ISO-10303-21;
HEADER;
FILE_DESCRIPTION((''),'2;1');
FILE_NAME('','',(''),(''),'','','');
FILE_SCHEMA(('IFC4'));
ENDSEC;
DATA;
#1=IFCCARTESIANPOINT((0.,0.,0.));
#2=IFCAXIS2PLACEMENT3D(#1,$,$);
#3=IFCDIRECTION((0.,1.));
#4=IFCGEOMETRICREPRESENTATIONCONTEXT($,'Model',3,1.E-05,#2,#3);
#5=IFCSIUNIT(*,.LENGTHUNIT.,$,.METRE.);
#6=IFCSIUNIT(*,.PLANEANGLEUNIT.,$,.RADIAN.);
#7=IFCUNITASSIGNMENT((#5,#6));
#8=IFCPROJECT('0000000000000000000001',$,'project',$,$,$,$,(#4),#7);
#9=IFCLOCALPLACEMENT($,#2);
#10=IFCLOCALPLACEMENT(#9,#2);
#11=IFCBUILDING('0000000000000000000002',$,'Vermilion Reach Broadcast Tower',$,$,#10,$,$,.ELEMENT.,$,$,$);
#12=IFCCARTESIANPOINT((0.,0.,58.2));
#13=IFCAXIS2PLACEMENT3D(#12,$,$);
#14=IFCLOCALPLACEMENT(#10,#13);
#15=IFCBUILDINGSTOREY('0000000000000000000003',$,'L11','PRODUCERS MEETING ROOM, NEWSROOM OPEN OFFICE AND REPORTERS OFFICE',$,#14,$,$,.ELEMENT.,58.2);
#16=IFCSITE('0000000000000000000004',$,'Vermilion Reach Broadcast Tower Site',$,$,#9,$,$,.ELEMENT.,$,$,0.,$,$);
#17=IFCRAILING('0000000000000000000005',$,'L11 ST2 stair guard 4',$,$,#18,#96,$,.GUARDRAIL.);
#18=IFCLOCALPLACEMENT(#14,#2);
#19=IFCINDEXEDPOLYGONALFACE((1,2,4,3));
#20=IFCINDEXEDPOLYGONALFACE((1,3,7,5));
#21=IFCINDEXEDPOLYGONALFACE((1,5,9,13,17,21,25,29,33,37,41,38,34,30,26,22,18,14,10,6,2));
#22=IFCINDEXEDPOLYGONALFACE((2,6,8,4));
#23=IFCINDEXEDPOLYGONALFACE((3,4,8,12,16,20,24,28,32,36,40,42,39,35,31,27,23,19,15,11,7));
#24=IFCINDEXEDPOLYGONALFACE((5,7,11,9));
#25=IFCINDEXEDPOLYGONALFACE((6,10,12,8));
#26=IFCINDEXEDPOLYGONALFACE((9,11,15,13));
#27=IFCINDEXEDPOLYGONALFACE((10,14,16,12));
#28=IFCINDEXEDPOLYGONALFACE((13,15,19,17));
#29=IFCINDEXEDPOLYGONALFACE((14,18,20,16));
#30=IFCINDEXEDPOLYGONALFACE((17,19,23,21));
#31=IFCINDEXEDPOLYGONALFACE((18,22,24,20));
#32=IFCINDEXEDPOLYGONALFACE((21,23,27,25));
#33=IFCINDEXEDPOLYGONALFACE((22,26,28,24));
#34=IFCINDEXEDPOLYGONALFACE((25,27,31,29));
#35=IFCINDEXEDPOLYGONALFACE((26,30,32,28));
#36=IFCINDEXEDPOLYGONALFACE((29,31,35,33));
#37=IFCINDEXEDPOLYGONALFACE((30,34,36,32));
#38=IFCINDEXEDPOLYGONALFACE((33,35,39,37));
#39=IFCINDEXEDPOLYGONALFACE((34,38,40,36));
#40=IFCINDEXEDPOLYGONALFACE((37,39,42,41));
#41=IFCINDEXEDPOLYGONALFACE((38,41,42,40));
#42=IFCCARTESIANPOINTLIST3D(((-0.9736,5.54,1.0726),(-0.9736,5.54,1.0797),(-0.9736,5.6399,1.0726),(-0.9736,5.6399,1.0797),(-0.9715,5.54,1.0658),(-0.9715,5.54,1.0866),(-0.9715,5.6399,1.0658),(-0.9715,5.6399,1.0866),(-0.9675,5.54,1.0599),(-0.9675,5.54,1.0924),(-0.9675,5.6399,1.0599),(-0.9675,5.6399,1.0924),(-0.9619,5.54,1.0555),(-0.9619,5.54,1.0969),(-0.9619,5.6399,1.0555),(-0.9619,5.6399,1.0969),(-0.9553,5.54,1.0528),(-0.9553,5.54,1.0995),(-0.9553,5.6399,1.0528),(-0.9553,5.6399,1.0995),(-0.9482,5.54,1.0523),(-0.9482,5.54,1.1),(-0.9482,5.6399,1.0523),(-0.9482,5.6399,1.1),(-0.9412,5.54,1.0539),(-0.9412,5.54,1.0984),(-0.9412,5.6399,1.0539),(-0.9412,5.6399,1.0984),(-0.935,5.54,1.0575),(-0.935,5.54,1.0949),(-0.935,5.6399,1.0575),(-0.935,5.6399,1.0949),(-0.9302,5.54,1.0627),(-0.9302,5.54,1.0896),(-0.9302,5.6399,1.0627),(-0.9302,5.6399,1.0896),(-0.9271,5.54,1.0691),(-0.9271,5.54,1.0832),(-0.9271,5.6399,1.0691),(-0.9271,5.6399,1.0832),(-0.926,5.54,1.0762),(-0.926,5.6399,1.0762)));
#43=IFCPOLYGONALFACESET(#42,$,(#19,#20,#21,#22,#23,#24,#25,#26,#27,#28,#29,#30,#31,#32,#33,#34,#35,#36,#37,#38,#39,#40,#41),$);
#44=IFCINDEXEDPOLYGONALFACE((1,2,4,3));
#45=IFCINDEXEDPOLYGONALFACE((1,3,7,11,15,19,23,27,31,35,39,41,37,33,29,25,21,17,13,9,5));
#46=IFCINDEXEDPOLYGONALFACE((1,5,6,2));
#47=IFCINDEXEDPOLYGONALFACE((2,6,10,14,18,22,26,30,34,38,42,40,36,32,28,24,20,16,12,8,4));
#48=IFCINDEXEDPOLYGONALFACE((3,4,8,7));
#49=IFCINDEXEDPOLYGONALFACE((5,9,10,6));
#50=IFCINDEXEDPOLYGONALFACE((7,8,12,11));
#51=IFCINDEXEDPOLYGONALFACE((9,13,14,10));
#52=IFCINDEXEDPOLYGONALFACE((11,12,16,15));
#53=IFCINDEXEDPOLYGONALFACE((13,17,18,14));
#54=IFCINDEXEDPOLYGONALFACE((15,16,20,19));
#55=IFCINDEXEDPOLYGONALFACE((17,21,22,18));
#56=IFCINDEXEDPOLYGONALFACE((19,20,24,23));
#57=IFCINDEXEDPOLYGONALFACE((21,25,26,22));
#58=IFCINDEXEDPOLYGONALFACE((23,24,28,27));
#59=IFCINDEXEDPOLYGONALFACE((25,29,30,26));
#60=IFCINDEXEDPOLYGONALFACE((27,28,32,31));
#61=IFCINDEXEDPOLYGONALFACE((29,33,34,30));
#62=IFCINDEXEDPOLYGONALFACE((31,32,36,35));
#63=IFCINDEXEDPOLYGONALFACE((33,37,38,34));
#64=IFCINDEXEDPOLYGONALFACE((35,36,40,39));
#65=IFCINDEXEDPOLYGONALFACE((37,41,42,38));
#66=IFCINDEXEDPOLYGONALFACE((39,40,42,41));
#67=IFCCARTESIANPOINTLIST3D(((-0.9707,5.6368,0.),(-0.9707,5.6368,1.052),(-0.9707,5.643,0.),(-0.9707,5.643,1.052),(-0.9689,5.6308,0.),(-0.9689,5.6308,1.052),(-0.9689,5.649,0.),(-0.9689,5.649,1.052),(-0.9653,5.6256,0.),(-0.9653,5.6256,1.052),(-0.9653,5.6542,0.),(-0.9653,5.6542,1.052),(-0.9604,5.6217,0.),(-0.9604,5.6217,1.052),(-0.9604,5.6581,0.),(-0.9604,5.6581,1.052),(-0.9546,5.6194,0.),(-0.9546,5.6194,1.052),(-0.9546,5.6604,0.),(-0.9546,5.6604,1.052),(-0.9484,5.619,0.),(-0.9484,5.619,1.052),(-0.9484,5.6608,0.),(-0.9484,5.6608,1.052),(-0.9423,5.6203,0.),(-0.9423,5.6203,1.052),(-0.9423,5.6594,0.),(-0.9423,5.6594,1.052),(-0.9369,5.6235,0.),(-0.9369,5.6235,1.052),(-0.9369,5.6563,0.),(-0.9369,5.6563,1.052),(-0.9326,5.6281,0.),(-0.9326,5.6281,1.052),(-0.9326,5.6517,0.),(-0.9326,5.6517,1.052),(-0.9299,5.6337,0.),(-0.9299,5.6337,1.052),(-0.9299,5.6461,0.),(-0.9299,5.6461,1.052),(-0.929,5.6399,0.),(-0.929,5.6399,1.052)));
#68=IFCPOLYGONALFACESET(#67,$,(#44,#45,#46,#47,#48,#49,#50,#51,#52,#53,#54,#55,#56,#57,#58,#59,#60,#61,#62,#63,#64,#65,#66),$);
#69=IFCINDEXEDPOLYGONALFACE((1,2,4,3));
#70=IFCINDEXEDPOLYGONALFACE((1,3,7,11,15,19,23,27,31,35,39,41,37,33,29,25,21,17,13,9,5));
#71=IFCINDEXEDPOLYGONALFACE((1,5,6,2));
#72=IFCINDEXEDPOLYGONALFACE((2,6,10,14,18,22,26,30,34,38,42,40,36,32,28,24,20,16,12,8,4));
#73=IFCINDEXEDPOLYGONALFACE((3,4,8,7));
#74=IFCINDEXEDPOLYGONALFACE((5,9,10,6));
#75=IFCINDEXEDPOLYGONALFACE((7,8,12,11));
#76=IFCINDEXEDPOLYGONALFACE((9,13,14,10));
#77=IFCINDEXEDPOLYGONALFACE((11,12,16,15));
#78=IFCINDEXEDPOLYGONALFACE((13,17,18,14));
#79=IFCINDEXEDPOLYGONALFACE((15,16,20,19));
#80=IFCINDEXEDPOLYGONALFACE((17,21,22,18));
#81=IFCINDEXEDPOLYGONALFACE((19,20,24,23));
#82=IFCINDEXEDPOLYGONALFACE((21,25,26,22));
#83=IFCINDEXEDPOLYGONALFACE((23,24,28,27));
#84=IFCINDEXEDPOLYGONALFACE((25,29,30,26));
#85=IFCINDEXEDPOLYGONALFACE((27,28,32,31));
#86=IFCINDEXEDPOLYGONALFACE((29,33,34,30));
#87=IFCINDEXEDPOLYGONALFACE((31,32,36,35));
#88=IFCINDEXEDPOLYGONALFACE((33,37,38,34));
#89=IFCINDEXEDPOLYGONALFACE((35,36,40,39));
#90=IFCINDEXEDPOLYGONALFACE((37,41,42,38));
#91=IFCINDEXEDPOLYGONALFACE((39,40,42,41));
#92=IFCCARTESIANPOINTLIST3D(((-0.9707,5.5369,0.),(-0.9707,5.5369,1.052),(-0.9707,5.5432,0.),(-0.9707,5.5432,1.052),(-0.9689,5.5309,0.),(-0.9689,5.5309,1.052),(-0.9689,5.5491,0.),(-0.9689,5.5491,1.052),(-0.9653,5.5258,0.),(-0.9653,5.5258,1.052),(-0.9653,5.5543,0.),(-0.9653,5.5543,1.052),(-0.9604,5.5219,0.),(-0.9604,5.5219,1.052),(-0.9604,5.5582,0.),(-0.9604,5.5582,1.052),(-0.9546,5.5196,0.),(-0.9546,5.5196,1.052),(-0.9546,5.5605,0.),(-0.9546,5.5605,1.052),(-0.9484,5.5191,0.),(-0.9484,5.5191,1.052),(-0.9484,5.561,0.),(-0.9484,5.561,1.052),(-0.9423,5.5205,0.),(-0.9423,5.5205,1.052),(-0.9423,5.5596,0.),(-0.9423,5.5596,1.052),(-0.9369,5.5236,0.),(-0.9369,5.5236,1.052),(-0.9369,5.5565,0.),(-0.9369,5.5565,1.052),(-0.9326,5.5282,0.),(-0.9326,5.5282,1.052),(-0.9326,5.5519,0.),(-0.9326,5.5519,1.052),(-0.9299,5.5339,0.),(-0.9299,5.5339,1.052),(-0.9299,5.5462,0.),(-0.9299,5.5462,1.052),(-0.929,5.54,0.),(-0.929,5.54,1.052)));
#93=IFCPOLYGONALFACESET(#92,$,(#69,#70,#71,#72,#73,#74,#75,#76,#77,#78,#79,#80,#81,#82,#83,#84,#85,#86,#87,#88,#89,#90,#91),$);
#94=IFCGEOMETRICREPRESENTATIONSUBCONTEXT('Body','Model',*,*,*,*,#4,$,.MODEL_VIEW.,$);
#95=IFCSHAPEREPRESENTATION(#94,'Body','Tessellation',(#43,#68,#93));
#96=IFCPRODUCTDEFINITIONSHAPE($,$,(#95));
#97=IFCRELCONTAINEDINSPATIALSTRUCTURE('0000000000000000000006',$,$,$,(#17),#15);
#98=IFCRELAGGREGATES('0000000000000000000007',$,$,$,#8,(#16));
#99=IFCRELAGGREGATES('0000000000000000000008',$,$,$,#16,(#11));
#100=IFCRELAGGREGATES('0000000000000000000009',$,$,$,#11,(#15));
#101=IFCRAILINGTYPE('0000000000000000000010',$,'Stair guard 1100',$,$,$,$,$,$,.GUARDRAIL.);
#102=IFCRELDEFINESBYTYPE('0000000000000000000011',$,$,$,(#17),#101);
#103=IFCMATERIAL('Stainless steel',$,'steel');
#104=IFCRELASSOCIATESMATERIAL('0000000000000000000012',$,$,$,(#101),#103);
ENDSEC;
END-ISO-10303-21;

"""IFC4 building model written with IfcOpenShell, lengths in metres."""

from ifc_helpers import new_model, si_unit, direction, frame, origin, origin_2d, place, context, subcontext, project, spatial, circle, extrude, material, type_object, element, save


model = new_model("IFC4")

# Units and contexts
model_context = context("Model", 3, precision=1e-05, world=origin(), true_north=direction((0.0, 1.0)))
body_context = subcontext(model_context, "Body", "Model", "MODEL_VIEW")
ifc_project = project(units=[si_unit("LENGTHUNIT", "METRE"), si_unit("PLANEANGLEUNIT", "RADIAN")], contexts=[model_context])

# Site, building, storey
site_placement = place(None, origin())
site = spatial("IfcSite", under=ifc_project, at=site_placement, Name="Vermilion Reach Broadcast Tower Site", CompositionType="ELEMENT", RefElevation=0.0)
building_placement = place(site_placement, origin())
building = spatial("IfcBuilding", under=site, at=building_placement, Name="Vermilion Reach Broadcast Tower", CompositionType="ELEMENT")
storey_placement = place(building_placement, frame((0.0, 0.0, 58.2)))
storey = spatial("IfcBuildingStorey", under=building, at=storey_placement, Name="L11", Description="PRODUCERS MEETING ROOM, NEWSROOM OPEN OFFICE AND REPORTERS OFFICE", CompositionType="ELEMENT", Elevation=58.2)

# Railing
ifc_material_1 = material(Name="Stainless steel", Category="steel")
railing_type_1 = type_object("IfcRailingType", Name="Stair guard 1100", PredefinedType="GUARDRAIL", material=ifc_material_1)
railing_1_placement = place(storey_placement, frame((-0.95, 5.6399, 0.0)))
element("IfcRailing", 1, at=railing_1_placement, inside=storey, type_object=railing_type_1, Name="L11 ST2 stair guard 4", PredefinedType="GUARDRAIL", context=body_context, shape_type="SweptSolid", body=[
    extrude(circle(Radius=0.0239, at=origin_2d()), frame((0.0, 0.0, 1.0762), z_axis=(0.0, -1.0, 0.0), x_axis=(1.0, 0.0, 0.0)), (0.0, 0.0, 1.0), 0.0999),
    extrude(circle(Radius=0.021, at=origin_2d()), origin(), (0.0, 0.0, 1.0), 1.052),
    extrude(circle(Radius=0.021, at=origin_2d()), frame((0.0, -0.0999, 0.0)), (0.0, 0.0, 1.0), 1.052),
])

save(model, "model.ifc")
